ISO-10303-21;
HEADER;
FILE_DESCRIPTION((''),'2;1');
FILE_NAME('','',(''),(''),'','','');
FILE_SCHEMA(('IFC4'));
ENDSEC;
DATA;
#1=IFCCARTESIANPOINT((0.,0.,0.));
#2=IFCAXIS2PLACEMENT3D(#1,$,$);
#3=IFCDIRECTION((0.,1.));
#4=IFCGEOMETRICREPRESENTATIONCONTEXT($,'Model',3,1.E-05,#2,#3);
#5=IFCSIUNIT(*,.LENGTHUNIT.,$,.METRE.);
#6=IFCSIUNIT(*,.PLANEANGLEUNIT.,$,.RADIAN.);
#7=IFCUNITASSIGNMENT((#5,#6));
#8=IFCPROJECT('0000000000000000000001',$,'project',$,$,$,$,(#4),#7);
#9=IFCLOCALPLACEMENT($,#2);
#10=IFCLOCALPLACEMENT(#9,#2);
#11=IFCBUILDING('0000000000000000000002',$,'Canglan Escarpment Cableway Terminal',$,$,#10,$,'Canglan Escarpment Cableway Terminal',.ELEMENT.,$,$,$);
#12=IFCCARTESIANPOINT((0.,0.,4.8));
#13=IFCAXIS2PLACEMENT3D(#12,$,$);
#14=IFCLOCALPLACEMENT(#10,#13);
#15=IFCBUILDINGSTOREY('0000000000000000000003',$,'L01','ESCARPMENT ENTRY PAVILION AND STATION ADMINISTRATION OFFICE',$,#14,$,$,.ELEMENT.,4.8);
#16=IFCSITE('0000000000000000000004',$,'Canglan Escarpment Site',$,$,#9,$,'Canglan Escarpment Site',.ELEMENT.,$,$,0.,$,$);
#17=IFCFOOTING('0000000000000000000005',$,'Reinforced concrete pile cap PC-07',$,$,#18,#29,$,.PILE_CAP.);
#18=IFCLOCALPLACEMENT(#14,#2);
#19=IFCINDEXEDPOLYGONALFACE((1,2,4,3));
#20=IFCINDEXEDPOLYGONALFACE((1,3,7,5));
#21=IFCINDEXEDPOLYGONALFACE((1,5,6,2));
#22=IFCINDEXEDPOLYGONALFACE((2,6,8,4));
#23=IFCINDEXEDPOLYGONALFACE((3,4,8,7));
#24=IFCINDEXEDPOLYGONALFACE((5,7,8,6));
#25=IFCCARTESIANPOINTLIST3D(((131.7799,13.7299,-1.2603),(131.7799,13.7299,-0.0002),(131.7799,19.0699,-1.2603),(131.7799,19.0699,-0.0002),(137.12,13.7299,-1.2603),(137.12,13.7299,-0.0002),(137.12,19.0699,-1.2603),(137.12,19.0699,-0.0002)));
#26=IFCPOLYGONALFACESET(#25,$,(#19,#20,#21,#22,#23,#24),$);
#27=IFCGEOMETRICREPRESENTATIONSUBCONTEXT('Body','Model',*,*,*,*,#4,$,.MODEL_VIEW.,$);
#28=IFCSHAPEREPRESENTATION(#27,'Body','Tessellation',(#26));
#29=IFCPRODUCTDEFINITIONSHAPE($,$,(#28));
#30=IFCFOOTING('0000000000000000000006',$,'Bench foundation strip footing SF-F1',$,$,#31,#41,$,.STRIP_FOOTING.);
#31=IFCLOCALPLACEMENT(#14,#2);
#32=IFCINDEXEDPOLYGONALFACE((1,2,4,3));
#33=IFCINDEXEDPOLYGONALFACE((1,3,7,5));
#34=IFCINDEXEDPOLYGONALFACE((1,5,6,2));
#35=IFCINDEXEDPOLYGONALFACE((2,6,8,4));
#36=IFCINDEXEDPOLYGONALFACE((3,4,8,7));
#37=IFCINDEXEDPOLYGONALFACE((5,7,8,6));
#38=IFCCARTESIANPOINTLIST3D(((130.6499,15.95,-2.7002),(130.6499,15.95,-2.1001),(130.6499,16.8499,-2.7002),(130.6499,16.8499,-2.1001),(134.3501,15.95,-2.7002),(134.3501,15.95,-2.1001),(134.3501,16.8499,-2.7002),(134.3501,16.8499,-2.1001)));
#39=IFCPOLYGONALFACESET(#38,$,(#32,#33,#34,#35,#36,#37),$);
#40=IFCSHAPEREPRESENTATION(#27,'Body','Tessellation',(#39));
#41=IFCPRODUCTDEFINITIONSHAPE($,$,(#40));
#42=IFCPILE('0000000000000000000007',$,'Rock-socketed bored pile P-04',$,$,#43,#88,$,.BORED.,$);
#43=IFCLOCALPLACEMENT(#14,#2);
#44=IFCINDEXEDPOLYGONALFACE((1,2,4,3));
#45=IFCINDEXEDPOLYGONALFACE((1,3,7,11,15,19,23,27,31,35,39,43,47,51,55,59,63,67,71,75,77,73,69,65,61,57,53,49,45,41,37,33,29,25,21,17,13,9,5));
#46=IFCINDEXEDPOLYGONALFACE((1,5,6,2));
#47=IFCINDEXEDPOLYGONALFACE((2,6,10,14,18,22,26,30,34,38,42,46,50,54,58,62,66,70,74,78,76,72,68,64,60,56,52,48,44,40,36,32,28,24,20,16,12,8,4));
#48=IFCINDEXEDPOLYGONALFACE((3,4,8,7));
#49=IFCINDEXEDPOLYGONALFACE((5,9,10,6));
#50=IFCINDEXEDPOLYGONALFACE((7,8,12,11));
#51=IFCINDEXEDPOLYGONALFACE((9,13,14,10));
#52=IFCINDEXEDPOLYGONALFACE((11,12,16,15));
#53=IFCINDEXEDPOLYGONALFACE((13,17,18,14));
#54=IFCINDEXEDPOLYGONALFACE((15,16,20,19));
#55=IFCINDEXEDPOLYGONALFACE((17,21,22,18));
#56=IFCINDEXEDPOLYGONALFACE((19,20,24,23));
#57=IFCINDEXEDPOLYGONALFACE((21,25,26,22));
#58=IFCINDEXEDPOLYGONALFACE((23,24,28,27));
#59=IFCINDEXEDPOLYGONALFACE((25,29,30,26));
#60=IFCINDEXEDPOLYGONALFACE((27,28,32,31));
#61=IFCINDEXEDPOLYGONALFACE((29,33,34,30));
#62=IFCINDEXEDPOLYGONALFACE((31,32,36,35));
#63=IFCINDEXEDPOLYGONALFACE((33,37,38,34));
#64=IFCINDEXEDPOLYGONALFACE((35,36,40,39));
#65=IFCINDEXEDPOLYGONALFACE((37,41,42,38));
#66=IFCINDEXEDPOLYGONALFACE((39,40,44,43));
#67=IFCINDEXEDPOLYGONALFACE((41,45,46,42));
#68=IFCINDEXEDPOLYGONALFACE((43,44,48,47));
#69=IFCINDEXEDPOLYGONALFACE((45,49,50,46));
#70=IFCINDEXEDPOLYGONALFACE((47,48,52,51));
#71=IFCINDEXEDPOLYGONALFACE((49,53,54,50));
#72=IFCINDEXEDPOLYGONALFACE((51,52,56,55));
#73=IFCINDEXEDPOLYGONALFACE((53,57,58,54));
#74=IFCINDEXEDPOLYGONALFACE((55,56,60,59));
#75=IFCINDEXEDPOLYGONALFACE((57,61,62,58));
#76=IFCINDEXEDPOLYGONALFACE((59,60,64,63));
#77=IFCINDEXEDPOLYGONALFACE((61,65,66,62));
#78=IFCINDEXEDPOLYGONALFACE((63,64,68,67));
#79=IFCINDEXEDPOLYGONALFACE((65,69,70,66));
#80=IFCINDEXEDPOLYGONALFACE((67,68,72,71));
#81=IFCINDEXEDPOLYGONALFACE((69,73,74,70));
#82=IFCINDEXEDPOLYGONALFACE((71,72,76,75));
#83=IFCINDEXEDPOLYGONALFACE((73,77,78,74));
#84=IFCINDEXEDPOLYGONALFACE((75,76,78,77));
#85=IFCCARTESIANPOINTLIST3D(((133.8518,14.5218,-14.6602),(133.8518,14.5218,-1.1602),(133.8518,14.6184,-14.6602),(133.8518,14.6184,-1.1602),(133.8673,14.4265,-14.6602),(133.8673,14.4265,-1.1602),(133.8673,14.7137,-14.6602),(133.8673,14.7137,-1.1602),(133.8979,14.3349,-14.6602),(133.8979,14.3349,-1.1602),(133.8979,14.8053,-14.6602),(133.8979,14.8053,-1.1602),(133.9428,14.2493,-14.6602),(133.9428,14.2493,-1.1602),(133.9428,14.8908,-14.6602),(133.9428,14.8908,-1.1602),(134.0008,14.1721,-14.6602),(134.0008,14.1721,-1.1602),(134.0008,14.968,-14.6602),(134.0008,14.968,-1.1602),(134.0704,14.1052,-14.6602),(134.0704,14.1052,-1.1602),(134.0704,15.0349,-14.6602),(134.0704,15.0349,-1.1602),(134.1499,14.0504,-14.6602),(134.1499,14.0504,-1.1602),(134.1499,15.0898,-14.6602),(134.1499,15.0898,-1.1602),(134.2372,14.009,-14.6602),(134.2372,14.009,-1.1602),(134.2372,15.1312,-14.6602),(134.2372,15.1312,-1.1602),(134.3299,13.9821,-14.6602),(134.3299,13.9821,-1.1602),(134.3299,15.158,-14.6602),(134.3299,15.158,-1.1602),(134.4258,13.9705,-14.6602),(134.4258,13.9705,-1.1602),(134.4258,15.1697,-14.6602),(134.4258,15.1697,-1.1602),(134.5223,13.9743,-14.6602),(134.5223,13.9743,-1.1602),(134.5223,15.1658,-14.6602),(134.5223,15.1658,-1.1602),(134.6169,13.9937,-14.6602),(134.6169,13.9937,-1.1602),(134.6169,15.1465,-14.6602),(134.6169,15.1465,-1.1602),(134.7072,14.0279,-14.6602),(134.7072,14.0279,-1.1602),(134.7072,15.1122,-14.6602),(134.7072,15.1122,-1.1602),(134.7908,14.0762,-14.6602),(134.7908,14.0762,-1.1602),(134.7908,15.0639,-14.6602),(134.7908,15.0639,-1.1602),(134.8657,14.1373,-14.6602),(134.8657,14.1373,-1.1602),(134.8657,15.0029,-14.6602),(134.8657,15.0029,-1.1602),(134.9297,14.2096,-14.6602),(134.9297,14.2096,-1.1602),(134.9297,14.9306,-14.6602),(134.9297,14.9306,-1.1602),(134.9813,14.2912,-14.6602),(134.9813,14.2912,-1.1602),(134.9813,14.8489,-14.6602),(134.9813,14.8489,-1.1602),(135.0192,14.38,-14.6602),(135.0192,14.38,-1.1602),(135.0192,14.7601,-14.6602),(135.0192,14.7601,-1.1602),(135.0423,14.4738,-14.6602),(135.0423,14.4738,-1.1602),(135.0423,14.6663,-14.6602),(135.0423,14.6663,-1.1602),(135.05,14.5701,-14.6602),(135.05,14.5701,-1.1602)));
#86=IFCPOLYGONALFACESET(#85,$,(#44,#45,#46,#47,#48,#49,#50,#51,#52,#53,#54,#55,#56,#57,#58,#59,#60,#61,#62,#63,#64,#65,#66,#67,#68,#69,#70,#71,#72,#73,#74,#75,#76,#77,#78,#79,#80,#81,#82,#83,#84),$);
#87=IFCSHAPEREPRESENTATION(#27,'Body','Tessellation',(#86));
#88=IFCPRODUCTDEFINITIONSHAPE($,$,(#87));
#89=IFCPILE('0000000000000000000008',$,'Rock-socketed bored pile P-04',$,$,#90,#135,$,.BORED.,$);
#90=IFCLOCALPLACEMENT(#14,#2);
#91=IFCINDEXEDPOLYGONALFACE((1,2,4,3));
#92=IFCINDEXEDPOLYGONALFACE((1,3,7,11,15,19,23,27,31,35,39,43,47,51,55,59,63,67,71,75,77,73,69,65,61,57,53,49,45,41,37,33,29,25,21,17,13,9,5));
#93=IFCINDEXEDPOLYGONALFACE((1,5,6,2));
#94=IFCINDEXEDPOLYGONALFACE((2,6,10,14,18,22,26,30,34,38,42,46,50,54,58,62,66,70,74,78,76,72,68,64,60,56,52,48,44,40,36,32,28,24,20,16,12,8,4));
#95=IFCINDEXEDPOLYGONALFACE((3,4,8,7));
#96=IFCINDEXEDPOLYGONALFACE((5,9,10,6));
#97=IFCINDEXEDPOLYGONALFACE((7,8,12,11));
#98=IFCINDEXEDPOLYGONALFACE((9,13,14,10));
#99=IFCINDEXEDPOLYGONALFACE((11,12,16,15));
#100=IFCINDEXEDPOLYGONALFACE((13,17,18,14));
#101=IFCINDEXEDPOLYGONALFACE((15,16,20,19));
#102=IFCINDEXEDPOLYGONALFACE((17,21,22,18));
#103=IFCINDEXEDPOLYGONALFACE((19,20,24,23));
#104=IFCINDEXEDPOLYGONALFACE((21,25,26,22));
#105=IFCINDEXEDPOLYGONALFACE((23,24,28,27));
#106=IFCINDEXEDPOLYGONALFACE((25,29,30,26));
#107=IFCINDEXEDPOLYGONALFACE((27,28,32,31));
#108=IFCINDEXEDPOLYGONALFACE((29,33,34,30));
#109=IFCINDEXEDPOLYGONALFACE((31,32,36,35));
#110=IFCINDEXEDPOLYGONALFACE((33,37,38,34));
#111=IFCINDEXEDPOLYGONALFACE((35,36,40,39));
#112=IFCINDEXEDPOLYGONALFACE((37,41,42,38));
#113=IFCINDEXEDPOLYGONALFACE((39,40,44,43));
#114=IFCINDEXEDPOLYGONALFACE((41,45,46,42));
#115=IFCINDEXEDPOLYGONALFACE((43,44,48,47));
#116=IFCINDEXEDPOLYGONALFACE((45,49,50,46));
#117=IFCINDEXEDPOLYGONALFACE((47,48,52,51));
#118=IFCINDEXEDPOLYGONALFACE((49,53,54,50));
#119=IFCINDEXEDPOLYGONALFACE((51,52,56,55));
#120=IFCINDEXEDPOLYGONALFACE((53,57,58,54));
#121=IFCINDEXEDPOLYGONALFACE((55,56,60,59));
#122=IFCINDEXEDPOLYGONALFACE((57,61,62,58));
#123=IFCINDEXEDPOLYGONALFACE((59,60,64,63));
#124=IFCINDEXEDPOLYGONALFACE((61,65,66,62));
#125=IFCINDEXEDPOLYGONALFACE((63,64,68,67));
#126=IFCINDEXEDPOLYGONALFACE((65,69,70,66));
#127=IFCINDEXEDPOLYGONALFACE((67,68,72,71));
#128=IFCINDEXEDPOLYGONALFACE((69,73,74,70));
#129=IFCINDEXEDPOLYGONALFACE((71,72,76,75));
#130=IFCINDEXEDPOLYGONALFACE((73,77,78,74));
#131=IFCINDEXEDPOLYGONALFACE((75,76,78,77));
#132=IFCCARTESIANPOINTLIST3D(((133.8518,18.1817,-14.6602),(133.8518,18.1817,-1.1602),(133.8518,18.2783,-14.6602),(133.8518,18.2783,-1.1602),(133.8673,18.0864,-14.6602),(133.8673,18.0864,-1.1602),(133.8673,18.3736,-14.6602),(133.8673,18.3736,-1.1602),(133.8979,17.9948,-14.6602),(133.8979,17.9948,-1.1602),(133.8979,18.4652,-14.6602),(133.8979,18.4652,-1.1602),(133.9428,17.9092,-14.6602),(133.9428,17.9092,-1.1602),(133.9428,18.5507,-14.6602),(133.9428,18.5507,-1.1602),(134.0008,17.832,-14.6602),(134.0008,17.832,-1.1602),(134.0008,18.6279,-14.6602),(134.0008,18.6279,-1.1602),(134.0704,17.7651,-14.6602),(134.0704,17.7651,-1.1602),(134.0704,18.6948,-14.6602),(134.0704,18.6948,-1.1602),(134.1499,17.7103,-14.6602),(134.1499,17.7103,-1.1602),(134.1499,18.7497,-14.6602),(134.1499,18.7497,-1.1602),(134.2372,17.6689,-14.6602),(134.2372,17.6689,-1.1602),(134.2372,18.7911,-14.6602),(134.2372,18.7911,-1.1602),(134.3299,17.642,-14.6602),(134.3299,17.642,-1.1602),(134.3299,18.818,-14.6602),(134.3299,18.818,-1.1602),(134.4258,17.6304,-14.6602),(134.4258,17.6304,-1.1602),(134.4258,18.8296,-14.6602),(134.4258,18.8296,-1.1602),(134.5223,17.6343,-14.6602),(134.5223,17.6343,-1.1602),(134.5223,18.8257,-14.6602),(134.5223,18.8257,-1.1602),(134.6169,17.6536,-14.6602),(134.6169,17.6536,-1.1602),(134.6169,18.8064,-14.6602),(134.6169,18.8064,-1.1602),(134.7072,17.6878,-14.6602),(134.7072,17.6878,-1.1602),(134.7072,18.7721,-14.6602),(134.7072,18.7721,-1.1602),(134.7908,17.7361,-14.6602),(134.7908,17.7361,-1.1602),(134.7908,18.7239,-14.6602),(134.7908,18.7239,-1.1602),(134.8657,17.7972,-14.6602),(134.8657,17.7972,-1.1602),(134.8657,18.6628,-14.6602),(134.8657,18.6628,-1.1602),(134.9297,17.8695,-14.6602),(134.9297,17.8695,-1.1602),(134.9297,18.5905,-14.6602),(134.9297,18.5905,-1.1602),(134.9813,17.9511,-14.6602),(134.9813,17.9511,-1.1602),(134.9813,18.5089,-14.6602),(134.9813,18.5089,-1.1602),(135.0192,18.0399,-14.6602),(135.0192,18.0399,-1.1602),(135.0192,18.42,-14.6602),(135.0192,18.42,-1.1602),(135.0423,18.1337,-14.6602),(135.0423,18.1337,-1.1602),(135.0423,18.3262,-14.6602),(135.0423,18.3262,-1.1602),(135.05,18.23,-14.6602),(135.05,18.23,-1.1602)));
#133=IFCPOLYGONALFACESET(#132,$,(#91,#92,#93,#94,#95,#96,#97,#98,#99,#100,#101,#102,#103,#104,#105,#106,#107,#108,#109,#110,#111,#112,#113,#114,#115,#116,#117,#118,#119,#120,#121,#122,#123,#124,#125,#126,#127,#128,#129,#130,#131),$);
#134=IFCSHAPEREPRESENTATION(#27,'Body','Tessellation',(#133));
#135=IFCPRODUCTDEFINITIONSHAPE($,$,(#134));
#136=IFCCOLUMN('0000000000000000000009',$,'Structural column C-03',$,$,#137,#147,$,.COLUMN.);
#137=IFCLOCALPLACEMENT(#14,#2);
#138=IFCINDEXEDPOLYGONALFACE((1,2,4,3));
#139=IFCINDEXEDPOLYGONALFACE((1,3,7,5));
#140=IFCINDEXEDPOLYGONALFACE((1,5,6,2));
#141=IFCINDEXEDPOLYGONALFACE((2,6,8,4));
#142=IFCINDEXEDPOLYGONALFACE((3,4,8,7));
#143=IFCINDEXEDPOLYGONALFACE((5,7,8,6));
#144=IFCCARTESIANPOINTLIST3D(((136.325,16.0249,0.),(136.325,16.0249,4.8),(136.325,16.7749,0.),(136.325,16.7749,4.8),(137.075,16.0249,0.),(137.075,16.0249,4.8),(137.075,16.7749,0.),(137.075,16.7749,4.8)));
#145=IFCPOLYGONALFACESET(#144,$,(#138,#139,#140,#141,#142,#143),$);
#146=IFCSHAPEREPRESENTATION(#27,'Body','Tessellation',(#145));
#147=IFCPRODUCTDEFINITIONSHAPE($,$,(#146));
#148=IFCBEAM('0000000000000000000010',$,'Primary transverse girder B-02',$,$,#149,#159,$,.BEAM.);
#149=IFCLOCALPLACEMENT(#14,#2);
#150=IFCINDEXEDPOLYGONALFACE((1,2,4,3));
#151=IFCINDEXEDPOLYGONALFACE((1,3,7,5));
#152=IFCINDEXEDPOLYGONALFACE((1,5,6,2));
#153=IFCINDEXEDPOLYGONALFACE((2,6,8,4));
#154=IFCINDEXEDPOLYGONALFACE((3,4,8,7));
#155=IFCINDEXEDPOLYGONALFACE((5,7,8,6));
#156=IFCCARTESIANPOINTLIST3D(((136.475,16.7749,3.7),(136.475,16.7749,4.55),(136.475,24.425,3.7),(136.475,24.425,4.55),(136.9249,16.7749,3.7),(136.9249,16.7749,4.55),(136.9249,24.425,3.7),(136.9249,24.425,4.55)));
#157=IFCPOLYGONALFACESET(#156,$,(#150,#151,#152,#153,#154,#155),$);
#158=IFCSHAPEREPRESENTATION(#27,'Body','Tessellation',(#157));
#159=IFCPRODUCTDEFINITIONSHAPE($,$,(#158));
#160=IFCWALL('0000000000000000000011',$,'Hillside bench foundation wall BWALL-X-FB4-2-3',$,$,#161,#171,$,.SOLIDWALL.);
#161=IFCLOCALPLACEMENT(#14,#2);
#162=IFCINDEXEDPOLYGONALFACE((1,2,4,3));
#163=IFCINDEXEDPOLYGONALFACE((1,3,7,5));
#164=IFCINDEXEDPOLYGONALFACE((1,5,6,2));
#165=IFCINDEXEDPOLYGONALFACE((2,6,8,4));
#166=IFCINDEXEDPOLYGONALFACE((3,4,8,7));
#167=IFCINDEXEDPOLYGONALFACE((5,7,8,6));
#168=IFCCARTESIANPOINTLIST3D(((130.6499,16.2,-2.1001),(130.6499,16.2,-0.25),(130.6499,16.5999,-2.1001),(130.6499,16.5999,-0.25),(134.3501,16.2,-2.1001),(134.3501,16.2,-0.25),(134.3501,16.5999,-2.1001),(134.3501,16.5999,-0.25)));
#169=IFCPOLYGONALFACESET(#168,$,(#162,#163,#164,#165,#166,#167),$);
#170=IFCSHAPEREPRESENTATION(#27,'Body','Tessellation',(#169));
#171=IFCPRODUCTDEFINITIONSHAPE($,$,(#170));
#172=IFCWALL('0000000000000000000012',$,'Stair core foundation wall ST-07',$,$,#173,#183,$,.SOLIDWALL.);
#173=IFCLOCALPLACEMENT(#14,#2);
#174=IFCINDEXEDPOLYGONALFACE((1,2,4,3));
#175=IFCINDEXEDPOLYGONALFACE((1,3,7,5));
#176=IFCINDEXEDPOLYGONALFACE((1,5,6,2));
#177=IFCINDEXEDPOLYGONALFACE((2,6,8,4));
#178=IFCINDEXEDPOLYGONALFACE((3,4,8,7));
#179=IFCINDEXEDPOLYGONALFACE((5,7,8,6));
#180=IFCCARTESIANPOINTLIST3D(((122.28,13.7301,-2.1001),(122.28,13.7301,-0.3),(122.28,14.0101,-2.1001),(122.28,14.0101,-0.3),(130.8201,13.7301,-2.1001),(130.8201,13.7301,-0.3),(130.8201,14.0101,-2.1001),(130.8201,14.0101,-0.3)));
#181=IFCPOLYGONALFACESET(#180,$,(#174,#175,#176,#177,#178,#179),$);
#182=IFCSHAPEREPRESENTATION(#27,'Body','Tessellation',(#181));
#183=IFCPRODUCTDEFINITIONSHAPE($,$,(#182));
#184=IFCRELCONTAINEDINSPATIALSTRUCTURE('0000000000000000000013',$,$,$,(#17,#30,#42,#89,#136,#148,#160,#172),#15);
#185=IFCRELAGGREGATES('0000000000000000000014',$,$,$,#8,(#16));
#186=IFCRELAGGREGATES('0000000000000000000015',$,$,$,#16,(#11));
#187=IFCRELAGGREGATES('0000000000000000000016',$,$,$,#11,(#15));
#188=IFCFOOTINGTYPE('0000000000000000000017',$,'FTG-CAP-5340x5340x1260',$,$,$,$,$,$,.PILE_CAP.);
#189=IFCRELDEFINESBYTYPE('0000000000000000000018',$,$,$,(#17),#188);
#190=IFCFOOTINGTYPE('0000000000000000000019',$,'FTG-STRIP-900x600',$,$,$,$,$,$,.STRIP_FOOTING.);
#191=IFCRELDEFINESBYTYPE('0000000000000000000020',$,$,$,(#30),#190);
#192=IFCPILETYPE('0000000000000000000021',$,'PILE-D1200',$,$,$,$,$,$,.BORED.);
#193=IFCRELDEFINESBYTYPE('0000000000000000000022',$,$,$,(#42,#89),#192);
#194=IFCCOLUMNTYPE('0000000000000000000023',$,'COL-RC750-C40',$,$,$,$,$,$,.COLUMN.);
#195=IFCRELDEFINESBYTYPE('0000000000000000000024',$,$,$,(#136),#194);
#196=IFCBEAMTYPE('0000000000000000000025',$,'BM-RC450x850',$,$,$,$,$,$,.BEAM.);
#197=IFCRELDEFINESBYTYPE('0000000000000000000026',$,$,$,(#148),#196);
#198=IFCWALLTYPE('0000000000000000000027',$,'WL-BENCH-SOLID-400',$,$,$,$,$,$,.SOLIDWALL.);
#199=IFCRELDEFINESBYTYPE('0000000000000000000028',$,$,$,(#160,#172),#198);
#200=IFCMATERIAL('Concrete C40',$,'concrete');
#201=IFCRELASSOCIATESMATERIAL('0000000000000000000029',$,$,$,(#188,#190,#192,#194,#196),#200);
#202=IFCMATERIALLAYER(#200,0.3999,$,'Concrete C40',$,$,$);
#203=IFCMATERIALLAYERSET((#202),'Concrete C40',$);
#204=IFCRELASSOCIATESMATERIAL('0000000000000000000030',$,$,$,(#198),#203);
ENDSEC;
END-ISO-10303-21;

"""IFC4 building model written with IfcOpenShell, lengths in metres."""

from ifc_helpers import new_model, si_unit, direction, frame, frame_2d, origin, origin_2d, place, context, subcontext, project, spatial, rectangle, circle, extrude, material, layer, layer_set, material_profile, profile_set, type_object, element, save


model = new_model("IFC4")

# Units and contexts
model_context = context("Model", 3, precision=1e-05, world=origin(), true_north=direction((0.0, 1.0)))
body_context = subcontext(model_context, "Body", "Model", "MODEL_VIEW")
ifc_project = project(units=[si_unit("LENGTHUNIT", "METRE"), si_unit("PLANEANGLEUNIT", "RADIAN")], contexts=[model_context])

# Site, building, storey
site_placement = place(None, origin())
site = spatial("IfcSite", under=ifc_project, at=site_placement, Name="Canglan Escarpment Site", LongName="Canglan Escarpment Site", CompositionType="ELEMENT", RefElevation=0.0)
building_placement = place(site_placement, origin())
building = spatial("IfcBuilding", under=site, at=building_placement, Name="Canglan Escarpment Cableway Terminal", LongName="Canglan Escarpment Cableway Terminal", CompositionType="ELEMENT")
storey_placement = place(building_placement, frame((0.0, 0.0, 4.8)))
storey = spatial("IfcBuildingStorey", under=building, at=storey_placement, Name="L01", Description="ESCARPMENT ENTRY PAVILION AND STATION ADMINISTRATION OFFICE", CompositionType="ELEMENT", Elevation=4.8)

# Footings
ifc_material_1 = material(Name="Concrete C40", Category="concrete")
footing_type_1 = type_object("IfcFootingType", Name="FTG-CAP-5340x5340x1260", PredefinedType="PILE_CAP", material=ifc_material_1)
footing_1_placement = place(storey_placement, frame((134.45, 16.3999, -1.2603), z_axis=(0.0, 0.0, 1.0), x_axis=(1.0, 0.0, 0.0)))
element("IfcFooting", 1, at=footing_1_placement, inside=storey, type_object=footing_type_1, Name="Reinforced concrete pile cap PC-07", PredefinedType="PILE_CAP", context=body_context, shape_type="SweptSolid", body=[
    extrude(rectangle(XDim=5.3401, YDim=5.3401, at=origin_2d()), origin(), (0.0, 0.0, 1.0), 1.26),
])
ifc_material_profile_1 = material_profile(ifc_material_1, rectangle(XDim=0.8999, YDim=0.6001, at=origin_2d()), Name="SF 900x600")
ifc_profile_set_1 = profile_set([ifc_material_profile_1], Name="Concrete C40")
footing_type_2 = type_object("IfcFootingType", Name="FTG-STRIP-900x600", PredefinedType="STRIP_FOOTING", material=ifc_profile_set_1)
footing_2_placement = place(storey_placement, frame((130.6499, 16.3999, -2.4001), z_axis=(1.0, 0.0, 0.0), x_axis=(0.0, 1.0, 0.0)))
element("IfcFooting", 2, at=footing_2_placement, inside=storey, type_object=footing_type_2, Name="Bench foundation strip footing SF-F1", PredefinedType="STRIP_FOOTING", context=body_context, shape_type="SweptSolid", body=[
    extrude(rectangle(XDim=0.8999, YDim=0.6001, at=origin_2d()), origin(), (0.0, 0.0, 1.0), 3.7002),
])

# Piles
ifc_material_profile_2 = material_profile(ifc_material_1, circle(Radius=0.6001, at=origin_2d()), Name="BORED PILE D1200")
ifc_profile_set_2 = profile_set([ifc_material_profile_2], Name="Concrete C40")
pile_type = type_object("IfcPileType", Name="PILE-D1200", PredefinedType="BORED", material=ifc_profile_set_2)
for number, where, z_axis, x_axis, name in (
    (3, (134.45, 14.5701, -1.1602), (0.0, 0.0, -1.0), (1.0, 0.0, 0.0), "Rock-socketed bored pile P-04"),
    (4, (134.45, 18.23, -1.1602), (0.0, 0.0, -1.0), (1.0, 0.0, 0.0), "Rock-socketed bored pile P-04"),
):
    element("IfcPile", number, at=place(storey_placement, frame(where, z_axis=z_axis, x_axis=x_axis)), inside=storey, type_object=pile_type, Name=name, PredefinedType="BORED", context=body_context, shape_type="SweptSolid", body=[
        extrude(circle(Radius=0.6001, at=origin_2d()), origin(), (0.0, 0.0, 1.0), 13.5),
    ])

# Column
ifc_material_profile_3 = material_profile(ifc_material_1, rectangle(XDim=0.75, YDim=0.75, at=origin_2d()), Name="RC 750x750")
ifc_profile_set_3 = profile_set([ifc_material_profile_3], Name="Concrete C40")
column_type = type_object("IfcColumnType", Name="COL-RC750-C40", PredefinedType="COLUMN", material=ifc_profile_set_3)
column_placement = place(storey_placement, frame((136.7, 16.3999, 0.0), z_axis=(0.0, 0.0, 1.0), x_axis=(1.0, 0.0, 0.0)))
element("IfcColumn", 5, at=column_placement, inside=storey, type_object=column_type, Name="Structural column C-03", PredefinedType="COLUMN", context=body_context, shape_type="SweptSolid", body=[
    extrude(rectangle(XDim=0.75, YDim=0.75, at=origin_2d()), origin(), (0.0, 0.0, 1.0), 4.8),
])

# Beam
ifc_material_profile_4 = material_profile(ifc_material_1, rectangle(XDim=0.45, YDim=0.8501, at=origin_2d()), Name="RC 450x850")
ifc_profile_set_4 = profile_set([ifc_material_profile_4], Name="Concrete C40")
beam_type = type_object("IfcBeamType", Name="BM-RC450x850", PredefinedType="BEAM", material=ifc_profile_set_4)
beam_placement = place(storey_placement, frame((136.7, 16.7749, 4.125), z_axis=(0.0, 1.0, 0.0), x_axis=(-1.0, 0.0, 0.0)))
element("IfcBeam", 6, at=beam_placement, inside=storey, type_object=beam_type, Name="Primary transverse girder B-02", PredefinedType="BEAM", context=body_context, shape_type="SweptSolid", body=[
    extrude(rectangle(XDim=0.45, YDim=0.8501, at=origin_2d()), origin(), (0.0, 0.0, 1.0), 7.6501),
])

# Walls
ifc_layer_1 = layer(ifc_material_1, 0.3999, Name="Concrete C40")
ifc_layer_set_1 = layer_set([ifc_layer_1], Name="Concrete C40")
wall_type_1 = type_object("IfcWallType", Name="WL-BENCH-SOLID-400", PredefinedType="SOLIDWALL", material=ifc_layer_set_1)
wall_1_placement = place(storey_placement, frame((130.6499, 16.3999, -2.1001), z_axis=(0.0, 0.0, 1.0), x_axis=(1.0, 0.0, 0.0)))
element("IfcWall", 7, at=wall_1_placement, inside=storey, type_object=wall_type_1, Name="Hillside bench foundation wall BWALL-X-FB4-2-3", PredefinedType="SOLIDWALL", context=body_context, shape_type="SweptSolid", body=[
    extrude(rectangle(XDim=3.7002, YDim=0.3999, at=frame_2d((1.8501, 0.0))), origin(), (0.0, 0.0, 1.0), 1.8501),
])
wall_2_placement = place(storey_placement, frame((130.8201, 13.8701, -2.1001), z_axis=(0.0, 0.0, 1.0), x_axis=(-1.0, 0.0, 0.0)))
element("IfcWall", 8, at=wall_2_placement, inside=storey, type_object=wall_type_1, Name="Stair core foundation wall ST-07", PredefinedType="SOLIDWALL", context=body_context, shape_type="SweptSolid", body=[
    extrude(rectangle(XDim=8.54, YDim=0.28, at=frame_2d((4.27, 0.0))), origin(), (0.0, 0.0, 1.0), 1.8),
])

save(model, "model.ifc")
